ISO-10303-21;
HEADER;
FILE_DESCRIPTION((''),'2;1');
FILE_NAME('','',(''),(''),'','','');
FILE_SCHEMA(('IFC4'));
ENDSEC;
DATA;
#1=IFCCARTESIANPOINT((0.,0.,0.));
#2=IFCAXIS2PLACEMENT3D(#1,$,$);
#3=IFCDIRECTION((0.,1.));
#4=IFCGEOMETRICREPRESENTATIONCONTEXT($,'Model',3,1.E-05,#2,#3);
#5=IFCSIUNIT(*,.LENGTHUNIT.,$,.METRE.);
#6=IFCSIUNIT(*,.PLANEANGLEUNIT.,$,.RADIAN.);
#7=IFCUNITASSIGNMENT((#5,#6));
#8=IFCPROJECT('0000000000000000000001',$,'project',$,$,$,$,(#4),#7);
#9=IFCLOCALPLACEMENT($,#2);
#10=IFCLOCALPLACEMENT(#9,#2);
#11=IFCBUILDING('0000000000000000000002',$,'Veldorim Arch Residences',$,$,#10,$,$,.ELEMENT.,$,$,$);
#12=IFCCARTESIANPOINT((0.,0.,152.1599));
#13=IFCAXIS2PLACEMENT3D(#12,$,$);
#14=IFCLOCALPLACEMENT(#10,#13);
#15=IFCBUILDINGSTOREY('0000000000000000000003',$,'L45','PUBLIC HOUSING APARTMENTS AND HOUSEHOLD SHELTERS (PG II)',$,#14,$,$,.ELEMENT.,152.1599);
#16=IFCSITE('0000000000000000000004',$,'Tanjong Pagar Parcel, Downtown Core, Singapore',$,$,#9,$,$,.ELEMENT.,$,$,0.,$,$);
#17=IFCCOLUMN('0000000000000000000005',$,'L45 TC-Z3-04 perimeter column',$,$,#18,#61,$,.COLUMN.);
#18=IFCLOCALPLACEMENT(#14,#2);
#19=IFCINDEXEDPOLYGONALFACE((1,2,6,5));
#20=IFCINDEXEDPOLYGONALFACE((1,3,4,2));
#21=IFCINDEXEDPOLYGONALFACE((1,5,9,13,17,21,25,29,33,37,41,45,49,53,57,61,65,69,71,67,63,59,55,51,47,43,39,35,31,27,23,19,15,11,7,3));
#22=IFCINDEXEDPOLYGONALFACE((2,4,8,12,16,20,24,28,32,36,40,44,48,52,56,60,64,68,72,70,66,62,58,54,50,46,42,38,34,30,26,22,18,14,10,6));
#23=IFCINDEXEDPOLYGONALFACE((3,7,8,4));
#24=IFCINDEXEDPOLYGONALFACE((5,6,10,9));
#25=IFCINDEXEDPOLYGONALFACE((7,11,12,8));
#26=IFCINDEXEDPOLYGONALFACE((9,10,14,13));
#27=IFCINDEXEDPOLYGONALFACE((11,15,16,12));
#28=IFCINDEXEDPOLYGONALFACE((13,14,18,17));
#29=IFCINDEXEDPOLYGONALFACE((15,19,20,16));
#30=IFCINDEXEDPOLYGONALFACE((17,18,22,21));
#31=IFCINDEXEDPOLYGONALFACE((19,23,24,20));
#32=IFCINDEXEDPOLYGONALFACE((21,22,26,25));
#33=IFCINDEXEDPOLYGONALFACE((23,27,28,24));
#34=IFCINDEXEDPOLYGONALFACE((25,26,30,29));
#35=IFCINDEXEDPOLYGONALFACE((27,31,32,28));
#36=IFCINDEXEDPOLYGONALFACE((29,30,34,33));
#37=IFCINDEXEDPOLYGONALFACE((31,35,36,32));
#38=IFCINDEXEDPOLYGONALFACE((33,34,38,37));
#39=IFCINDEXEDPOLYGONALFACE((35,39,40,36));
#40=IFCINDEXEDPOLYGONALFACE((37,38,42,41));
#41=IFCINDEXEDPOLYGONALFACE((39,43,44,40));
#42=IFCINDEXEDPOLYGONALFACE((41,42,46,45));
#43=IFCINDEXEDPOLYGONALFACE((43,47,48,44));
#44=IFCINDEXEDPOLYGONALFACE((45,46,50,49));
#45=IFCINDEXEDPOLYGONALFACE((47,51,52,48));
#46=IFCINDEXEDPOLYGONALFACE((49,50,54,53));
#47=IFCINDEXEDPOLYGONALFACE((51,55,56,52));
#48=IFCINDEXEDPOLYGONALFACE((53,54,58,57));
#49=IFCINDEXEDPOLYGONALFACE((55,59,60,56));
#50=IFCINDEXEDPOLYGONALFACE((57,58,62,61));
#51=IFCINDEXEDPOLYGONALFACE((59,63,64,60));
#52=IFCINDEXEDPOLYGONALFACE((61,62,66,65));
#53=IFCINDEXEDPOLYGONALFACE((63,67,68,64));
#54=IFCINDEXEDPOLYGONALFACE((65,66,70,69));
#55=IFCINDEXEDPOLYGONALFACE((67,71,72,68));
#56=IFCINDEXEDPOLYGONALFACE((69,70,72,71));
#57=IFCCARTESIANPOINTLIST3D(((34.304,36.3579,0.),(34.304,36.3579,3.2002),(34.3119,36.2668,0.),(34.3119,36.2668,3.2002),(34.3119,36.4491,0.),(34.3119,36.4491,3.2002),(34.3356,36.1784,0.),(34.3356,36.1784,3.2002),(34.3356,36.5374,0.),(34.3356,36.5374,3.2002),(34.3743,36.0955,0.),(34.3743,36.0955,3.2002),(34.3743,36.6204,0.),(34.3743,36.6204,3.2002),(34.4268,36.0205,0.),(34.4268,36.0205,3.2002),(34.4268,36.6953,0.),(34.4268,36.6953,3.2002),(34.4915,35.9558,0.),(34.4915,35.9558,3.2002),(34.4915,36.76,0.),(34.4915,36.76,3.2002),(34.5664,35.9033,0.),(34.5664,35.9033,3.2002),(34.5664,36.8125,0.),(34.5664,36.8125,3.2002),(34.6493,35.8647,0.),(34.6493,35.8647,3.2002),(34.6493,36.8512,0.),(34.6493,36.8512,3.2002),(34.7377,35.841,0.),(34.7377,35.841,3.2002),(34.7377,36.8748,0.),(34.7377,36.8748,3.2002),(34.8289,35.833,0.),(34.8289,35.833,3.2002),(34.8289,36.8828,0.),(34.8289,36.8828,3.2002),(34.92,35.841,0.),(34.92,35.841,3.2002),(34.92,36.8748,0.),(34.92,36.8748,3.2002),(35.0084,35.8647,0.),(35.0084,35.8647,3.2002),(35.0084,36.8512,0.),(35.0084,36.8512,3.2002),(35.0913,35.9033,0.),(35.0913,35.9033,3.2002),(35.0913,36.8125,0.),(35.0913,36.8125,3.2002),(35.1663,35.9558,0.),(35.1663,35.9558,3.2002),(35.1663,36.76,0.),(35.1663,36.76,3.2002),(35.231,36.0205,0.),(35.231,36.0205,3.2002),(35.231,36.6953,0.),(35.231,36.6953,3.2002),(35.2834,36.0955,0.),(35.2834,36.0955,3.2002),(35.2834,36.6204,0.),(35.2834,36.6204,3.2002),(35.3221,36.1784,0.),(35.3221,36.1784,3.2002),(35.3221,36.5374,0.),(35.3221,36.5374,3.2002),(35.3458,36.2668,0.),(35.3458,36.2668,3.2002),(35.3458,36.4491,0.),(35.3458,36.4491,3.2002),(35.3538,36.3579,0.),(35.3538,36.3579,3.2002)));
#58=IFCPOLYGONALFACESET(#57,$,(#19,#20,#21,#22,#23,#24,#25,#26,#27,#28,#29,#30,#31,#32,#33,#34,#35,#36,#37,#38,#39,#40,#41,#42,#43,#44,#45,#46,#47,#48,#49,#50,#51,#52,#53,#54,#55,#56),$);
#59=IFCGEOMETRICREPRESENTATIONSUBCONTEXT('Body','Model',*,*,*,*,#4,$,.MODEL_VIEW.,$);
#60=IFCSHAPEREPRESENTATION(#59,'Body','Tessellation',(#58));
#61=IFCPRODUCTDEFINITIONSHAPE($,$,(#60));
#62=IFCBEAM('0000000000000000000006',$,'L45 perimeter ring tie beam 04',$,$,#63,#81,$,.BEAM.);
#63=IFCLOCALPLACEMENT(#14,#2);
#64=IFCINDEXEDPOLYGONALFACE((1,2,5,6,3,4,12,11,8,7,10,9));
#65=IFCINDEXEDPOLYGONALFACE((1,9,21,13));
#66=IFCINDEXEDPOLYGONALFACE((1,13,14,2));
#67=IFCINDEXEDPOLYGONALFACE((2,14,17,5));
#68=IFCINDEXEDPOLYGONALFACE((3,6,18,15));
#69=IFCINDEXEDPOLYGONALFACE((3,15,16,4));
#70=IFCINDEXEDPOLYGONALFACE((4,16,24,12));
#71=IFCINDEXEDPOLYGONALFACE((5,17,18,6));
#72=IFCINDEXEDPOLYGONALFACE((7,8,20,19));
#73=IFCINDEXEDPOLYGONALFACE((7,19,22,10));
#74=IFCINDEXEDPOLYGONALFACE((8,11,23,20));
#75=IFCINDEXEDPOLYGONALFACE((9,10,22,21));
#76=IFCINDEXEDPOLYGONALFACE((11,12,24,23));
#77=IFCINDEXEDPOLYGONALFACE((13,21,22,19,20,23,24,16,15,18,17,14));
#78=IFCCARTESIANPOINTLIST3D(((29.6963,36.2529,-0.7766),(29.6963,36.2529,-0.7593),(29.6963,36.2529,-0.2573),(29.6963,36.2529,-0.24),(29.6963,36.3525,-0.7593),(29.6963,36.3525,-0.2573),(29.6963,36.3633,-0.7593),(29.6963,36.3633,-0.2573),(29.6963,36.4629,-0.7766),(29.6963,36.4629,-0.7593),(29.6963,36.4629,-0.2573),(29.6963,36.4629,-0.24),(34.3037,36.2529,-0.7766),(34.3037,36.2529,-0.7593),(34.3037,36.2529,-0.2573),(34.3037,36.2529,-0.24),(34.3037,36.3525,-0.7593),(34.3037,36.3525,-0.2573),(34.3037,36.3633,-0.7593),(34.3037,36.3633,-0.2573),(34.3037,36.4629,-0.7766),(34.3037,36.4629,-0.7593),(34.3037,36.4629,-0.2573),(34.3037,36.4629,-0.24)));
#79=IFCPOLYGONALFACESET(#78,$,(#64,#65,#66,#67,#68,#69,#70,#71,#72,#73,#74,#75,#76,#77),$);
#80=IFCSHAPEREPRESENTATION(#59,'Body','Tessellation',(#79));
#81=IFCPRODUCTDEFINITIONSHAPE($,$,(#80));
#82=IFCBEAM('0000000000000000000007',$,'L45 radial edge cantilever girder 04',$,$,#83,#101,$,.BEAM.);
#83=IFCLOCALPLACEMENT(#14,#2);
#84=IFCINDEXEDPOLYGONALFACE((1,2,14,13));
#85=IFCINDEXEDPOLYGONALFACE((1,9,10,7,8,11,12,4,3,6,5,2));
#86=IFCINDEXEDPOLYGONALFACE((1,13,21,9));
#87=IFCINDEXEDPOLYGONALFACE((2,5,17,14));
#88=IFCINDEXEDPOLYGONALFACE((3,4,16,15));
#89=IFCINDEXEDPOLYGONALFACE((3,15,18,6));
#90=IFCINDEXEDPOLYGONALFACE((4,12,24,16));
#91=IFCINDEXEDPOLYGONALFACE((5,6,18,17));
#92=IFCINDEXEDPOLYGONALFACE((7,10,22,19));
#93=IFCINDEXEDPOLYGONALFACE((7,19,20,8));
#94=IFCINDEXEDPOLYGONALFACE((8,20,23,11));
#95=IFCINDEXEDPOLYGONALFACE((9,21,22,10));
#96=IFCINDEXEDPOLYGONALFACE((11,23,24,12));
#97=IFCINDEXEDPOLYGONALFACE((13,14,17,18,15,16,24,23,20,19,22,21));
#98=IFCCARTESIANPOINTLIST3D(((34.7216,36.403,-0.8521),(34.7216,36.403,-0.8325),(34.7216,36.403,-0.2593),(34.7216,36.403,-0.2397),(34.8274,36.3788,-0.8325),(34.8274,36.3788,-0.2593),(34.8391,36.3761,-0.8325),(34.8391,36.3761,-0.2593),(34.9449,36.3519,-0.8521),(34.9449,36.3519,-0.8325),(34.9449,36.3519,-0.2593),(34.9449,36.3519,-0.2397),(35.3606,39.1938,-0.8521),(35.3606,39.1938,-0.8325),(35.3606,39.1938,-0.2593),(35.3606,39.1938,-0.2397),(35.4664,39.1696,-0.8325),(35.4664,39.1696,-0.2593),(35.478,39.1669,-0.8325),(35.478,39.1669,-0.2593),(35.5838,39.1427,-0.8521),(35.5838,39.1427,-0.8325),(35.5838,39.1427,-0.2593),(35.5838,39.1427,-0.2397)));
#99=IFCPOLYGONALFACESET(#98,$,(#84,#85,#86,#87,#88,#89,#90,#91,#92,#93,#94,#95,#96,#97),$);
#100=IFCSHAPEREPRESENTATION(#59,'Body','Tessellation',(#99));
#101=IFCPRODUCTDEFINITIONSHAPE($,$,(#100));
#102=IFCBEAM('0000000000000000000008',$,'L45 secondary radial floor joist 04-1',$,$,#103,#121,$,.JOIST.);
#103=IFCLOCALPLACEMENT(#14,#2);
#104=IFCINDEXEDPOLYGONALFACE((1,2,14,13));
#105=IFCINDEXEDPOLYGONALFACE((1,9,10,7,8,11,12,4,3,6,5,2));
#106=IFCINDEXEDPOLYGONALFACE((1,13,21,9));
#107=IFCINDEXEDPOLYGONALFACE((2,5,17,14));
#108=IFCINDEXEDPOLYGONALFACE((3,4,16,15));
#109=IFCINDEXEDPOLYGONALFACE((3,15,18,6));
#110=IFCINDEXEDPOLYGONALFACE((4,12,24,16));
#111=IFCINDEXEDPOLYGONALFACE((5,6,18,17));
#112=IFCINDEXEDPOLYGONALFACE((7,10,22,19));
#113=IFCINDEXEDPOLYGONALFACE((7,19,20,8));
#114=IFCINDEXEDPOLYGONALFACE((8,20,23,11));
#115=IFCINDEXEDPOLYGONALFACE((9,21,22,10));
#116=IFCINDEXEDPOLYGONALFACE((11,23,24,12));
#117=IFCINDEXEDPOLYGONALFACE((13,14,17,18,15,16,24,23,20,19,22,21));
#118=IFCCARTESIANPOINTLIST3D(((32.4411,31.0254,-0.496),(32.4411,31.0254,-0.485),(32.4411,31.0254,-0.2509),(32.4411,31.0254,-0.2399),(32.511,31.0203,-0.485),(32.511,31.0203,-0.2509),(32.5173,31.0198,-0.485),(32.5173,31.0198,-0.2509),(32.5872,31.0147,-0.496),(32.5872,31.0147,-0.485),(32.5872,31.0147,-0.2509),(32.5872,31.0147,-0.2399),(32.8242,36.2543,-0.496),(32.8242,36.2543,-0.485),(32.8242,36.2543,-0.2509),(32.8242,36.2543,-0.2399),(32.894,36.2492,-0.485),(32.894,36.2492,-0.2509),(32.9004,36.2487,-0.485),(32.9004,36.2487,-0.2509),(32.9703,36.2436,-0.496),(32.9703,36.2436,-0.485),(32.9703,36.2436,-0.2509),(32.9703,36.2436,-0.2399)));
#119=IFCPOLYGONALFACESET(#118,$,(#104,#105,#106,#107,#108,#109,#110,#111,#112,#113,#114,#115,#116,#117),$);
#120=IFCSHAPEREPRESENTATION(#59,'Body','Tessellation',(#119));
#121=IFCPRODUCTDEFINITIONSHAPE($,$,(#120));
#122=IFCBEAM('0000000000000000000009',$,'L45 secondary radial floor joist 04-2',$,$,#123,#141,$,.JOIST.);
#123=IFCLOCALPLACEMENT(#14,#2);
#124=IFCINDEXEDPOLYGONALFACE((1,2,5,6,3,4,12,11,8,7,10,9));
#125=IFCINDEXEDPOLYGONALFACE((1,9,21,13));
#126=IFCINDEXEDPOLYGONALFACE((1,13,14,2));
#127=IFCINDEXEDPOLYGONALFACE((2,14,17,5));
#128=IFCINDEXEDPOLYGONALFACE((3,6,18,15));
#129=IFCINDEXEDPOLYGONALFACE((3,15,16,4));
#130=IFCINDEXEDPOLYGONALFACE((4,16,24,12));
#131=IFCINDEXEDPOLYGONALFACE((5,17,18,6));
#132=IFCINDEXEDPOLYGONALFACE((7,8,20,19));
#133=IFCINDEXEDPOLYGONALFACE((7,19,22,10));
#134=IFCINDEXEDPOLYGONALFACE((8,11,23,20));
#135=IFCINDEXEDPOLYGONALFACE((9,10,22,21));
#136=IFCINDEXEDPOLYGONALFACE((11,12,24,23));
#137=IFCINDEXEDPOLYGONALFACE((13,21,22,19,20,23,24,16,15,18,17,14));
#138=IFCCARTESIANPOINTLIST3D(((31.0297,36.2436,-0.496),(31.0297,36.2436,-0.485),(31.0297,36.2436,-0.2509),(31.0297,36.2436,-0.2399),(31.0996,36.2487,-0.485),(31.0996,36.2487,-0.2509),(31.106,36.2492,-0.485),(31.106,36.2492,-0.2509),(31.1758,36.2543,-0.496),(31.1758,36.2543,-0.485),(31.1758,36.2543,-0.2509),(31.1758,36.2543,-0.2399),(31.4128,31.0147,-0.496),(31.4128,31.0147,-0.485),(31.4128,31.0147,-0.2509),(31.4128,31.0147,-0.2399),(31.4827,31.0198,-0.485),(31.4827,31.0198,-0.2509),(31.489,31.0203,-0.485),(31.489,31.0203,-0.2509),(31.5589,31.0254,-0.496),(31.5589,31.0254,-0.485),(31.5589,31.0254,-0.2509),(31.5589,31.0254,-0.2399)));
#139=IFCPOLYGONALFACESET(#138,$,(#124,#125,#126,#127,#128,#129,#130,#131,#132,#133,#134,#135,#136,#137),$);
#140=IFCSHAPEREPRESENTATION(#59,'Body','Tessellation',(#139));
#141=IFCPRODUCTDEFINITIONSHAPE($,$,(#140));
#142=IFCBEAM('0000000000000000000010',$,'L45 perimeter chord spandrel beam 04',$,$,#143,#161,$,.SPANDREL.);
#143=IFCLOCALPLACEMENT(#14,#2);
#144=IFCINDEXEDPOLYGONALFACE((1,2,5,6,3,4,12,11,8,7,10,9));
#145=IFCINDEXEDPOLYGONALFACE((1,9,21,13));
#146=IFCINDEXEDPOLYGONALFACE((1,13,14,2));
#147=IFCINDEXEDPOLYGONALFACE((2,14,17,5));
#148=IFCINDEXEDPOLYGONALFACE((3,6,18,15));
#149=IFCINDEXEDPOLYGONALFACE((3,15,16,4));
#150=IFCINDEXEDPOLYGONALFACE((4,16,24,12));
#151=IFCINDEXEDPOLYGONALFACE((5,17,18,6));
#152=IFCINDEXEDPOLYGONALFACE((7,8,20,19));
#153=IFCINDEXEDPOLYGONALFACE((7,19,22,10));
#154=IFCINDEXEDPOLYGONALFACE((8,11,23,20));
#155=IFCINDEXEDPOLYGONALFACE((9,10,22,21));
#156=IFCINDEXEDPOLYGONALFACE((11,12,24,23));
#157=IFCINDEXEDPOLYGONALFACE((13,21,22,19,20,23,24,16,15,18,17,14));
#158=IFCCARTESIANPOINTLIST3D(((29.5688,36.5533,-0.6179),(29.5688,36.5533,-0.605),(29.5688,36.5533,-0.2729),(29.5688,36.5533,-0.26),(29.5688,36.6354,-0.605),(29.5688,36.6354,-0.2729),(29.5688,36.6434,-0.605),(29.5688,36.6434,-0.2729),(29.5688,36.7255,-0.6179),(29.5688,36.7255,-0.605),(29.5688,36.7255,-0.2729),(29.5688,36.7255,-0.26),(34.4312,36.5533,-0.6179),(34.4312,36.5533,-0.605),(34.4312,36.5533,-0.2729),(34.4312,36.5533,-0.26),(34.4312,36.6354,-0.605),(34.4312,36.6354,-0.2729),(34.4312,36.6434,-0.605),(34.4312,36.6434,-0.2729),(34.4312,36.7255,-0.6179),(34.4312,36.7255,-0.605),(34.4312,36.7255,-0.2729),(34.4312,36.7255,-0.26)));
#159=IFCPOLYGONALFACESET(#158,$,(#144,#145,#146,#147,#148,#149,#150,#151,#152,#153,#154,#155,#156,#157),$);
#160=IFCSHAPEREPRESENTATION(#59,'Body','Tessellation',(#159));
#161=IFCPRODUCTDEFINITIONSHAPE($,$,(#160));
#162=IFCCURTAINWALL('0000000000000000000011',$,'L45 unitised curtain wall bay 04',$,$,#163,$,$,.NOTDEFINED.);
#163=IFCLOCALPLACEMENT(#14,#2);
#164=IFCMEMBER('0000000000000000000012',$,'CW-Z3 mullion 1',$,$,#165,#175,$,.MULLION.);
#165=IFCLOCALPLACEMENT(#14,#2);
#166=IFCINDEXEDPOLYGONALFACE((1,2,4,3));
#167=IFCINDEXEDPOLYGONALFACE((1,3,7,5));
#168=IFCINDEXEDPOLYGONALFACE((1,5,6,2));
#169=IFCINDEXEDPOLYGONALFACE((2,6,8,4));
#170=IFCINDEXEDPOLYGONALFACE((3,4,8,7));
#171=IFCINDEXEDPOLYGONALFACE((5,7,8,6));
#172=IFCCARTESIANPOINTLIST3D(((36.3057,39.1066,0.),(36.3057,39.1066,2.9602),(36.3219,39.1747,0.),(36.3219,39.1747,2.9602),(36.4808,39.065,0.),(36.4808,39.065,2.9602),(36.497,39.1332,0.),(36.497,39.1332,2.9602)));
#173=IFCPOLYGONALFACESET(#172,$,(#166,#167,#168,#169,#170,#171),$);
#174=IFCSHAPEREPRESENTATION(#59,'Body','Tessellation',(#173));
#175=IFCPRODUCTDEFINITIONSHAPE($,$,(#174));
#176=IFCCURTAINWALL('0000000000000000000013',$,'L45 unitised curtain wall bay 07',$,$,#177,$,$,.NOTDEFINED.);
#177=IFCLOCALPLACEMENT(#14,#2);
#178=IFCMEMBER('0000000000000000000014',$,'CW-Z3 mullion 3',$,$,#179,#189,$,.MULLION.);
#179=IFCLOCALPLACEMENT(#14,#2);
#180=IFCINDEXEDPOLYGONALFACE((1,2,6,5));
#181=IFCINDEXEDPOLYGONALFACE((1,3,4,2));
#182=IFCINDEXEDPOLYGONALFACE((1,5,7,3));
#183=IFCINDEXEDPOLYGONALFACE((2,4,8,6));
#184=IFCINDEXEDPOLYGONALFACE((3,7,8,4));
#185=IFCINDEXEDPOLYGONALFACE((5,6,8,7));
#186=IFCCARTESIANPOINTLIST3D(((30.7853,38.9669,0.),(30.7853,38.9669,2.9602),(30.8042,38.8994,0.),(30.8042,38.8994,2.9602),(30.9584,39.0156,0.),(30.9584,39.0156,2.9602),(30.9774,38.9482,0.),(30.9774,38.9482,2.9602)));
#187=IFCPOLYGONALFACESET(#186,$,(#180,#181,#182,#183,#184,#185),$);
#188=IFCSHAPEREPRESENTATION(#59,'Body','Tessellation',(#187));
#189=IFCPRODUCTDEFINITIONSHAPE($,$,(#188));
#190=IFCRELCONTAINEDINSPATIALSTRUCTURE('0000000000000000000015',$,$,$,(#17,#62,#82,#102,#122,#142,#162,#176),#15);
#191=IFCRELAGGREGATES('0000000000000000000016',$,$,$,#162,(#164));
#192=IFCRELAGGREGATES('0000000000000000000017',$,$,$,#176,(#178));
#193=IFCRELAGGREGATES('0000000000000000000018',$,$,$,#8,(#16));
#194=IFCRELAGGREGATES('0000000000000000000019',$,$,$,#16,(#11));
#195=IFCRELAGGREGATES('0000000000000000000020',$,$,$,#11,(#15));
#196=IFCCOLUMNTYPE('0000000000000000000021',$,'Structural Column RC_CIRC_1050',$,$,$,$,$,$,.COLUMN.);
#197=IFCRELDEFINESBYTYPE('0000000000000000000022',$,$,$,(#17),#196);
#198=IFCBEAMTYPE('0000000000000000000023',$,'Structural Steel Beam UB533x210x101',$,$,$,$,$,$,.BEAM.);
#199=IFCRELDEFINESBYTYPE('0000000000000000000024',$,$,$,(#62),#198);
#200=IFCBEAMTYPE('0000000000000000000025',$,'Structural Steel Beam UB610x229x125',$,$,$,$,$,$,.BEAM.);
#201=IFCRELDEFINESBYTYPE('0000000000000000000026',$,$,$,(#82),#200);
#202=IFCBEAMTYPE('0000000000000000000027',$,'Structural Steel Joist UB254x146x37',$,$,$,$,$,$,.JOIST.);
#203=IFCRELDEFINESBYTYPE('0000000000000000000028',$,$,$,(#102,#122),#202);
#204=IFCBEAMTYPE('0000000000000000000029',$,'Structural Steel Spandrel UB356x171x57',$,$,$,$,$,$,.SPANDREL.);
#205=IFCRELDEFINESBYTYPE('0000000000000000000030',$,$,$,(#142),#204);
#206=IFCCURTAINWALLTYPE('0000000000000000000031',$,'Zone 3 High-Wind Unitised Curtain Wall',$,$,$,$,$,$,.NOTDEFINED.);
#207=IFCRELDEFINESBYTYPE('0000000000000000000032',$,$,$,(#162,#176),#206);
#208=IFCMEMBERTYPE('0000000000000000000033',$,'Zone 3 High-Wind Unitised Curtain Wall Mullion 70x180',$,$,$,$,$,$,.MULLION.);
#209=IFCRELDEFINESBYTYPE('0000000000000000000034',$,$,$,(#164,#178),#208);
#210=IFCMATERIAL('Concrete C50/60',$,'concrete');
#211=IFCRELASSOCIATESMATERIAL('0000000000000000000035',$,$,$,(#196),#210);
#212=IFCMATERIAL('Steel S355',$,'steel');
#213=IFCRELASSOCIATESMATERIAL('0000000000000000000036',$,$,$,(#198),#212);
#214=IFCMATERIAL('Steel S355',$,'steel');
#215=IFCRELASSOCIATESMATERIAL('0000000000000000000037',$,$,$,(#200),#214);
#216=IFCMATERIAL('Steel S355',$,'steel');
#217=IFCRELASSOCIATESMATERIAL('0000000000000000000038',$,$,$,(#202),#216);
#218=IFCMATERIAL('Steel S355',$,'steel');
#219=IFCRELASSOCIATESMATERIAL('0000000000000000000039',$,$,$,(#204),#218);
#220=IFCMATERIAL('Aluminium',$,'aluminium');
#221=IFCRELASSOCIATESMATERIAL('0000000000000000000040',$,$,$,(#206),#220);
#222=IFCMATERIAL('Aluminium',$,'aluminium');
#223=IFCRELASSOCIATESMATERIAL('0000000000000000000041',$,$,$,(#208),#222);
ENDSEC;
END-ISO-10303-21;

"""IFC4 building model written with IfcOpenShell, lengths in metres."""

from ifc_helpers import new_model, si_unit, direction, frame, origin, origin_2d, place, context, subcontext, project, spatial, rectangle, circle, i_section, extrude, material, material_profile, profile_set, type_object, element, aggregate, save


model = new_model("IFC4")

# Units and contexts
model_context = context("Model", 3, precision=1e-05, world=origin(), true_north=direction((0.0, 1.0)))
body_context = subcontext(model_context, "Body", "Model", "MODEL_VIEW")
ifc_project = project(units=[si_unit("LENGTHUNIT", "METRE"), si_unit("PLANEANGLEUNIT", "RADIAN")], contexts=[model_context])

# Site, building, storey
site_placement = place(None, origin())
site = spatial("IfcSite", under=ifc_project, at=site_placement, Name="Tanjong Pagar Parcel, Downtown Core, Singapore", CompositionType="ELEMENT", RefElevation=0.0)
building_placement = place(site_placement, origin())
building = spatial("IfcBuilding", under=site, at=building_placement, Name="Veldorim Arch Residences", CompositionType="ELEMENT")
storey_placement = place(building_placement, frame((0.0, 0.0, 152.1599)))
storey = spatial("IfcBuildingStorey", under=building, at=storey_placement, Name="L45", Description="PUBLIC HOUSING APARTMENTS AND HOUSEHOLD SHELTERS (PG II)", CompositionType="ELEMENT", Elevation=152.1599)

# Column
ifc_material_1 = material(Name="Concrete C50/60", Category="concrete")
ifc_material_profile_1 = material_profile(ifc_material_1, circle(Radius=0.5249, at=origin_2d()), Name="RC_CIRC_1050")
ifc_profile_set_1 = profile_set([ifc_material_profile_1], Name="Concrete C50/60")
column_type = type_object("IfcColumnType", Name="Structural Column RC_CIRC_1050", PredefinedType="COLUMN", material=ifc_profile_set_1)
column_placement = place(storey_placement, frame((34.8289, 36.3579, 0.0), z_axis=(0.0, 0.0, 1.0), x_axis=(1.0, 0.0, 0.0)))
element("IfcColumn", 1, at=column_placement, inside=storey, type_object=column_type, Name="L45 TC-Z3-04 perimeter column", PredefinedType="COLUMN", context=body_context, shape_type="SweptSolid", body=[
    extrude(circle(Radius=0.5249, at=origin_2d()), origin(), (0.0, 0.0, 1.0), 3.2002),
])

# Beams
ifc_material_2 = material(Name="Steel S355", Category="steel")
ifc_material_profile_2 = material_profile(ifc_material_2, i_section(OverallWidth=0.21, OverallDepth=0.5366, WebThickness=0.0107, FlangeThickness=0.0173, at=origin_2d()), Name="UB533x210x101")
ifc_profile_set_2 = profile_set([ifc_material_profile_2], Name="Steel S355")
beam_type_1 = type_object("IfcBeamType", Name="Structural Steel Beam UB533x210x101", PredefinedType="BEAM", material=ifc_profile_set_2)
beam_1_placement = place(storey_placement, frame((34.3037, 36.3579, -0.5083), z_axis=(-1.0, 0.0, 0.0), x_axis=(0.0, -1.0, 0.0)))
element("IfcBeam", 2, at=beam_1_placement, inside=storey, type_object=beam_type_1, Name="L45 perimeter ring tie beam 04", PredefinedType="BEAM", context=body_context, shape_type="SweptSolid", body=[
    extrude(i_section(OverallWidth=0.21, OverallDepth=0.5366, WebThickness=0.0107, FlangeThickness=0.0173, at=origin_2d()), origin(), (0.0, 0.0, 1.0), 4.6074),
])
ifc_material_3 = material(Name="Steel S355", Category="steel")
ifc_material_profile_3 = material_profile(ifc_material_3, i_section(OverallWidth=0.229, OverallDepth=0.6123, WebThickness=0.012, FlangeThickness=0.0195, at=origin_2d()), Name="UB610x229x125")
ifc_profile_set_3 = profile_set([ifc_material_profile_3], Name="Steel S355")
beam_type_2 = type_object("IfcBeamType", Name="Structural Steel Beam UB610x229x125", PredefinedType="BEAM", material=ifc_profile_set_3)
beam_2_placement = place(storey_placement, frame((34.8333, 36.3774, -0.5459), z_axis=(0.223165, 0.974781, 0.0), x_axis=(-0.974781, 0.223165, 0.0)))
element("IfcBeam", 3, at=beam_2_placement, inside=storey, type_object=beam_type_2, Name="L45 radial edge cantilever girder 04", PredefinedType="BEAM", context=body_context, shape_type="SweptSolid", body=[
    extrude(i_section(OverallWidth=0.229, OverallDepth=0.6123, WebThickness=0.012, FlangeThickness=0.0195, at=origin_2d()), origin(), (0.0, 0.0, 1.0), 2.863),
])
ifc_material_4 = material(Name="Steel S355", Category="steel")
ifc_material_profile_4 = material_profile(ifc_material_4, i_section(OverallWidth=0.1465, OverallDepth=0.2561, WebThickness=0.0063, FlangeThickness=0.011, at=origin_2d()), Name="UB254x146x37")
ifc_profile_set_4 = profile_set([ifc_material_profile_4], Name="Steel S355")
beam_type_3 = type_object("IfcBeamType", Name="Structural Steel Joist UB254x146x37", PredefinedType="JOIST", material=ifc_profile_set_4)
for number, where, z_axis, x_axis, name in (
    (4, (32.5142, 31.02, -0.3679), (0.07306, 0.997328, 0.0), (-0.997328, 0.07306, 0.0), "L45 secondary radial floor joist 04-1"),
    (5, (31.4858, 31.02, -0.3679), (-0.07306, 0.997328, 0.0), (-0.997328, -0.07306, 0.0), "L45 secondary radial floor joist 04-2"),
):
    element("IfcBeam", number, at=place(storey_placement, frame(where, z_axis=z_axis, x_axis=x_axis)), inside=storey, type_object=beam_type_3, Name=name, PredefinedType="JOIST", context=body_context, shape_type="SweptSolid", body=[
        extrude(i_section(OverallWidth=0.1465, OverallDepth=0.2561, WebThickness=0.0063, FlangeThickness=0.011, at=origin_2d()), origin(), (0.0, 0.0, 1.0), 5.2429),
    ])
ifc_material_5 = material(Name="Steel S355", Category="steel")
ifc_material_profile_5 = material_profile(ifc_material_5, i_section(OverallWidth=0.1721, OverallDepth=0.3579, WebThickness=0.0081, FlangeThickness=0.0129, at=origin_2d()), Name="UB356x171x57")
ifc_profile_set_5 = profile_set([ifc_material_profile_5], Name="Steel S355")
beam_type_4 = type_object("IfcBeamType", Name="Structural Steel Spandrel UB356x171x57", PredefinedType="SPANDREL", material=ifc_profile_set_5)
beam_3_placement = place(storey_placement, frame((34.4312, 36.6394, -0.439), z_axis=(-1.0, 0.0, 0.0), x_axis=(0.0, -1.0, 0.0)))
element("IfcBeam", 6, at=beam_3_placement, inside=storey, type_object=beam_type_4, Name="L45 perimeter chord spandrel beam 04", PredefinedType="SPANDREL", context=body_context, shape_type="SweptSolid", body=[
    extrude(i_section(OverallWidth=0.1721, OverallDepth=0.3579, WebThickness=0.0081, FlangeThickness=0.0129, at=origin_2d()), origin(), (0.0, 0.0, 1.0), 4.8623),
])

# Curtain walls, members
ifc_material_6 = material(Name="Aluminium", Category="aluminium")
curtain_wall_type = type_object("IfcCurtainWallType", Name="Zone 3 High-Wind Unitised Curtain Wall", PredefinedType="NOTDEFINED", material=ifc_material_6)
curtain_wall_1_placement = place(storey_placement, origin())
curtain_wall_1 = element("IfcCurtainWall", 7, at=curtain_wall_1_placement, inside=storey, type_object=curtain_wall_type, Name="L45 unitised curtain wall bay 04", PredefinedType="NOTDEFINED")
ifc_material_7 = material(Name="Aluminium", Category="aluminium")
ifc_material_profile_6 = material_profile(ifc_material_7, rectangle(XDim=0.0701, YDim=0.1799, at=origin_2d()), Name="ALU_MUL_70x180")
ifc_profile_set_6 = profile_set([ifc_material_profile_6], Name="Aluminium")
member_type_1 = type_object("IfcMemberType", Name="Zone 3 High-Wind Unitised Curtain Wall Mullion 70x180", PredefinedType="MULLION", material=ifc_profile_set_6)
member_1_placement = place(storey_placement, frame((36.4014, 39.1199, 0.0), z_axis=(0.0, 0.0, 1.0), x_axis=(0.230957, 0.972964, 0.0)))
member_1 = element("IfcMember", 8, at=member_1_placement, type_object=member_type_1, Name="CW-Z3 mullion 1", PredefinedType="MULLION", context=body_context, shape_type="SweptSolid", body=[
    extrude(rectangle(XDim=0.0701, YDim=0.1799, at=origin_2d()), origin(), (0.0, 0.0, 1.0), 2.9602),
])
curtain_wall_2_placement = place(storey_placement, origin())
curtain_wall_2 = element("IfcCurtainWall", 9, at=curtain_wall_2_placement, inside=storey, type_object=curtain_wall_type, Name="L45 unitised curtain wall bay 07", PredefinedType="NOTDEFINED")
member_2_placement = place(storey_placement, frame((30.8813, 38.9575, 0.0), z_axis=(0.0, 0.0, 1.0), x_axis=(-0.271101, 0.962551, 0.0)))
member_2 = element("IfcMember", 10, at=member_2_placement, type_object=member_type_1, Name="CW-Z3 mullion 3", PredefinedType="MULLION", context=body_context, shape_type="SweptSolid", body=[
    extrude(rectangle(XDim=0.0701, YDim=0.1799, at=origin_2d()), origin(), (0.0, 0.0, 1.0), 2.9602),
])

aggregate(curtain_wall_1, [member_1])
aggregate(curtain_wall_2, [member_2])

save(model, "model.ifc")
